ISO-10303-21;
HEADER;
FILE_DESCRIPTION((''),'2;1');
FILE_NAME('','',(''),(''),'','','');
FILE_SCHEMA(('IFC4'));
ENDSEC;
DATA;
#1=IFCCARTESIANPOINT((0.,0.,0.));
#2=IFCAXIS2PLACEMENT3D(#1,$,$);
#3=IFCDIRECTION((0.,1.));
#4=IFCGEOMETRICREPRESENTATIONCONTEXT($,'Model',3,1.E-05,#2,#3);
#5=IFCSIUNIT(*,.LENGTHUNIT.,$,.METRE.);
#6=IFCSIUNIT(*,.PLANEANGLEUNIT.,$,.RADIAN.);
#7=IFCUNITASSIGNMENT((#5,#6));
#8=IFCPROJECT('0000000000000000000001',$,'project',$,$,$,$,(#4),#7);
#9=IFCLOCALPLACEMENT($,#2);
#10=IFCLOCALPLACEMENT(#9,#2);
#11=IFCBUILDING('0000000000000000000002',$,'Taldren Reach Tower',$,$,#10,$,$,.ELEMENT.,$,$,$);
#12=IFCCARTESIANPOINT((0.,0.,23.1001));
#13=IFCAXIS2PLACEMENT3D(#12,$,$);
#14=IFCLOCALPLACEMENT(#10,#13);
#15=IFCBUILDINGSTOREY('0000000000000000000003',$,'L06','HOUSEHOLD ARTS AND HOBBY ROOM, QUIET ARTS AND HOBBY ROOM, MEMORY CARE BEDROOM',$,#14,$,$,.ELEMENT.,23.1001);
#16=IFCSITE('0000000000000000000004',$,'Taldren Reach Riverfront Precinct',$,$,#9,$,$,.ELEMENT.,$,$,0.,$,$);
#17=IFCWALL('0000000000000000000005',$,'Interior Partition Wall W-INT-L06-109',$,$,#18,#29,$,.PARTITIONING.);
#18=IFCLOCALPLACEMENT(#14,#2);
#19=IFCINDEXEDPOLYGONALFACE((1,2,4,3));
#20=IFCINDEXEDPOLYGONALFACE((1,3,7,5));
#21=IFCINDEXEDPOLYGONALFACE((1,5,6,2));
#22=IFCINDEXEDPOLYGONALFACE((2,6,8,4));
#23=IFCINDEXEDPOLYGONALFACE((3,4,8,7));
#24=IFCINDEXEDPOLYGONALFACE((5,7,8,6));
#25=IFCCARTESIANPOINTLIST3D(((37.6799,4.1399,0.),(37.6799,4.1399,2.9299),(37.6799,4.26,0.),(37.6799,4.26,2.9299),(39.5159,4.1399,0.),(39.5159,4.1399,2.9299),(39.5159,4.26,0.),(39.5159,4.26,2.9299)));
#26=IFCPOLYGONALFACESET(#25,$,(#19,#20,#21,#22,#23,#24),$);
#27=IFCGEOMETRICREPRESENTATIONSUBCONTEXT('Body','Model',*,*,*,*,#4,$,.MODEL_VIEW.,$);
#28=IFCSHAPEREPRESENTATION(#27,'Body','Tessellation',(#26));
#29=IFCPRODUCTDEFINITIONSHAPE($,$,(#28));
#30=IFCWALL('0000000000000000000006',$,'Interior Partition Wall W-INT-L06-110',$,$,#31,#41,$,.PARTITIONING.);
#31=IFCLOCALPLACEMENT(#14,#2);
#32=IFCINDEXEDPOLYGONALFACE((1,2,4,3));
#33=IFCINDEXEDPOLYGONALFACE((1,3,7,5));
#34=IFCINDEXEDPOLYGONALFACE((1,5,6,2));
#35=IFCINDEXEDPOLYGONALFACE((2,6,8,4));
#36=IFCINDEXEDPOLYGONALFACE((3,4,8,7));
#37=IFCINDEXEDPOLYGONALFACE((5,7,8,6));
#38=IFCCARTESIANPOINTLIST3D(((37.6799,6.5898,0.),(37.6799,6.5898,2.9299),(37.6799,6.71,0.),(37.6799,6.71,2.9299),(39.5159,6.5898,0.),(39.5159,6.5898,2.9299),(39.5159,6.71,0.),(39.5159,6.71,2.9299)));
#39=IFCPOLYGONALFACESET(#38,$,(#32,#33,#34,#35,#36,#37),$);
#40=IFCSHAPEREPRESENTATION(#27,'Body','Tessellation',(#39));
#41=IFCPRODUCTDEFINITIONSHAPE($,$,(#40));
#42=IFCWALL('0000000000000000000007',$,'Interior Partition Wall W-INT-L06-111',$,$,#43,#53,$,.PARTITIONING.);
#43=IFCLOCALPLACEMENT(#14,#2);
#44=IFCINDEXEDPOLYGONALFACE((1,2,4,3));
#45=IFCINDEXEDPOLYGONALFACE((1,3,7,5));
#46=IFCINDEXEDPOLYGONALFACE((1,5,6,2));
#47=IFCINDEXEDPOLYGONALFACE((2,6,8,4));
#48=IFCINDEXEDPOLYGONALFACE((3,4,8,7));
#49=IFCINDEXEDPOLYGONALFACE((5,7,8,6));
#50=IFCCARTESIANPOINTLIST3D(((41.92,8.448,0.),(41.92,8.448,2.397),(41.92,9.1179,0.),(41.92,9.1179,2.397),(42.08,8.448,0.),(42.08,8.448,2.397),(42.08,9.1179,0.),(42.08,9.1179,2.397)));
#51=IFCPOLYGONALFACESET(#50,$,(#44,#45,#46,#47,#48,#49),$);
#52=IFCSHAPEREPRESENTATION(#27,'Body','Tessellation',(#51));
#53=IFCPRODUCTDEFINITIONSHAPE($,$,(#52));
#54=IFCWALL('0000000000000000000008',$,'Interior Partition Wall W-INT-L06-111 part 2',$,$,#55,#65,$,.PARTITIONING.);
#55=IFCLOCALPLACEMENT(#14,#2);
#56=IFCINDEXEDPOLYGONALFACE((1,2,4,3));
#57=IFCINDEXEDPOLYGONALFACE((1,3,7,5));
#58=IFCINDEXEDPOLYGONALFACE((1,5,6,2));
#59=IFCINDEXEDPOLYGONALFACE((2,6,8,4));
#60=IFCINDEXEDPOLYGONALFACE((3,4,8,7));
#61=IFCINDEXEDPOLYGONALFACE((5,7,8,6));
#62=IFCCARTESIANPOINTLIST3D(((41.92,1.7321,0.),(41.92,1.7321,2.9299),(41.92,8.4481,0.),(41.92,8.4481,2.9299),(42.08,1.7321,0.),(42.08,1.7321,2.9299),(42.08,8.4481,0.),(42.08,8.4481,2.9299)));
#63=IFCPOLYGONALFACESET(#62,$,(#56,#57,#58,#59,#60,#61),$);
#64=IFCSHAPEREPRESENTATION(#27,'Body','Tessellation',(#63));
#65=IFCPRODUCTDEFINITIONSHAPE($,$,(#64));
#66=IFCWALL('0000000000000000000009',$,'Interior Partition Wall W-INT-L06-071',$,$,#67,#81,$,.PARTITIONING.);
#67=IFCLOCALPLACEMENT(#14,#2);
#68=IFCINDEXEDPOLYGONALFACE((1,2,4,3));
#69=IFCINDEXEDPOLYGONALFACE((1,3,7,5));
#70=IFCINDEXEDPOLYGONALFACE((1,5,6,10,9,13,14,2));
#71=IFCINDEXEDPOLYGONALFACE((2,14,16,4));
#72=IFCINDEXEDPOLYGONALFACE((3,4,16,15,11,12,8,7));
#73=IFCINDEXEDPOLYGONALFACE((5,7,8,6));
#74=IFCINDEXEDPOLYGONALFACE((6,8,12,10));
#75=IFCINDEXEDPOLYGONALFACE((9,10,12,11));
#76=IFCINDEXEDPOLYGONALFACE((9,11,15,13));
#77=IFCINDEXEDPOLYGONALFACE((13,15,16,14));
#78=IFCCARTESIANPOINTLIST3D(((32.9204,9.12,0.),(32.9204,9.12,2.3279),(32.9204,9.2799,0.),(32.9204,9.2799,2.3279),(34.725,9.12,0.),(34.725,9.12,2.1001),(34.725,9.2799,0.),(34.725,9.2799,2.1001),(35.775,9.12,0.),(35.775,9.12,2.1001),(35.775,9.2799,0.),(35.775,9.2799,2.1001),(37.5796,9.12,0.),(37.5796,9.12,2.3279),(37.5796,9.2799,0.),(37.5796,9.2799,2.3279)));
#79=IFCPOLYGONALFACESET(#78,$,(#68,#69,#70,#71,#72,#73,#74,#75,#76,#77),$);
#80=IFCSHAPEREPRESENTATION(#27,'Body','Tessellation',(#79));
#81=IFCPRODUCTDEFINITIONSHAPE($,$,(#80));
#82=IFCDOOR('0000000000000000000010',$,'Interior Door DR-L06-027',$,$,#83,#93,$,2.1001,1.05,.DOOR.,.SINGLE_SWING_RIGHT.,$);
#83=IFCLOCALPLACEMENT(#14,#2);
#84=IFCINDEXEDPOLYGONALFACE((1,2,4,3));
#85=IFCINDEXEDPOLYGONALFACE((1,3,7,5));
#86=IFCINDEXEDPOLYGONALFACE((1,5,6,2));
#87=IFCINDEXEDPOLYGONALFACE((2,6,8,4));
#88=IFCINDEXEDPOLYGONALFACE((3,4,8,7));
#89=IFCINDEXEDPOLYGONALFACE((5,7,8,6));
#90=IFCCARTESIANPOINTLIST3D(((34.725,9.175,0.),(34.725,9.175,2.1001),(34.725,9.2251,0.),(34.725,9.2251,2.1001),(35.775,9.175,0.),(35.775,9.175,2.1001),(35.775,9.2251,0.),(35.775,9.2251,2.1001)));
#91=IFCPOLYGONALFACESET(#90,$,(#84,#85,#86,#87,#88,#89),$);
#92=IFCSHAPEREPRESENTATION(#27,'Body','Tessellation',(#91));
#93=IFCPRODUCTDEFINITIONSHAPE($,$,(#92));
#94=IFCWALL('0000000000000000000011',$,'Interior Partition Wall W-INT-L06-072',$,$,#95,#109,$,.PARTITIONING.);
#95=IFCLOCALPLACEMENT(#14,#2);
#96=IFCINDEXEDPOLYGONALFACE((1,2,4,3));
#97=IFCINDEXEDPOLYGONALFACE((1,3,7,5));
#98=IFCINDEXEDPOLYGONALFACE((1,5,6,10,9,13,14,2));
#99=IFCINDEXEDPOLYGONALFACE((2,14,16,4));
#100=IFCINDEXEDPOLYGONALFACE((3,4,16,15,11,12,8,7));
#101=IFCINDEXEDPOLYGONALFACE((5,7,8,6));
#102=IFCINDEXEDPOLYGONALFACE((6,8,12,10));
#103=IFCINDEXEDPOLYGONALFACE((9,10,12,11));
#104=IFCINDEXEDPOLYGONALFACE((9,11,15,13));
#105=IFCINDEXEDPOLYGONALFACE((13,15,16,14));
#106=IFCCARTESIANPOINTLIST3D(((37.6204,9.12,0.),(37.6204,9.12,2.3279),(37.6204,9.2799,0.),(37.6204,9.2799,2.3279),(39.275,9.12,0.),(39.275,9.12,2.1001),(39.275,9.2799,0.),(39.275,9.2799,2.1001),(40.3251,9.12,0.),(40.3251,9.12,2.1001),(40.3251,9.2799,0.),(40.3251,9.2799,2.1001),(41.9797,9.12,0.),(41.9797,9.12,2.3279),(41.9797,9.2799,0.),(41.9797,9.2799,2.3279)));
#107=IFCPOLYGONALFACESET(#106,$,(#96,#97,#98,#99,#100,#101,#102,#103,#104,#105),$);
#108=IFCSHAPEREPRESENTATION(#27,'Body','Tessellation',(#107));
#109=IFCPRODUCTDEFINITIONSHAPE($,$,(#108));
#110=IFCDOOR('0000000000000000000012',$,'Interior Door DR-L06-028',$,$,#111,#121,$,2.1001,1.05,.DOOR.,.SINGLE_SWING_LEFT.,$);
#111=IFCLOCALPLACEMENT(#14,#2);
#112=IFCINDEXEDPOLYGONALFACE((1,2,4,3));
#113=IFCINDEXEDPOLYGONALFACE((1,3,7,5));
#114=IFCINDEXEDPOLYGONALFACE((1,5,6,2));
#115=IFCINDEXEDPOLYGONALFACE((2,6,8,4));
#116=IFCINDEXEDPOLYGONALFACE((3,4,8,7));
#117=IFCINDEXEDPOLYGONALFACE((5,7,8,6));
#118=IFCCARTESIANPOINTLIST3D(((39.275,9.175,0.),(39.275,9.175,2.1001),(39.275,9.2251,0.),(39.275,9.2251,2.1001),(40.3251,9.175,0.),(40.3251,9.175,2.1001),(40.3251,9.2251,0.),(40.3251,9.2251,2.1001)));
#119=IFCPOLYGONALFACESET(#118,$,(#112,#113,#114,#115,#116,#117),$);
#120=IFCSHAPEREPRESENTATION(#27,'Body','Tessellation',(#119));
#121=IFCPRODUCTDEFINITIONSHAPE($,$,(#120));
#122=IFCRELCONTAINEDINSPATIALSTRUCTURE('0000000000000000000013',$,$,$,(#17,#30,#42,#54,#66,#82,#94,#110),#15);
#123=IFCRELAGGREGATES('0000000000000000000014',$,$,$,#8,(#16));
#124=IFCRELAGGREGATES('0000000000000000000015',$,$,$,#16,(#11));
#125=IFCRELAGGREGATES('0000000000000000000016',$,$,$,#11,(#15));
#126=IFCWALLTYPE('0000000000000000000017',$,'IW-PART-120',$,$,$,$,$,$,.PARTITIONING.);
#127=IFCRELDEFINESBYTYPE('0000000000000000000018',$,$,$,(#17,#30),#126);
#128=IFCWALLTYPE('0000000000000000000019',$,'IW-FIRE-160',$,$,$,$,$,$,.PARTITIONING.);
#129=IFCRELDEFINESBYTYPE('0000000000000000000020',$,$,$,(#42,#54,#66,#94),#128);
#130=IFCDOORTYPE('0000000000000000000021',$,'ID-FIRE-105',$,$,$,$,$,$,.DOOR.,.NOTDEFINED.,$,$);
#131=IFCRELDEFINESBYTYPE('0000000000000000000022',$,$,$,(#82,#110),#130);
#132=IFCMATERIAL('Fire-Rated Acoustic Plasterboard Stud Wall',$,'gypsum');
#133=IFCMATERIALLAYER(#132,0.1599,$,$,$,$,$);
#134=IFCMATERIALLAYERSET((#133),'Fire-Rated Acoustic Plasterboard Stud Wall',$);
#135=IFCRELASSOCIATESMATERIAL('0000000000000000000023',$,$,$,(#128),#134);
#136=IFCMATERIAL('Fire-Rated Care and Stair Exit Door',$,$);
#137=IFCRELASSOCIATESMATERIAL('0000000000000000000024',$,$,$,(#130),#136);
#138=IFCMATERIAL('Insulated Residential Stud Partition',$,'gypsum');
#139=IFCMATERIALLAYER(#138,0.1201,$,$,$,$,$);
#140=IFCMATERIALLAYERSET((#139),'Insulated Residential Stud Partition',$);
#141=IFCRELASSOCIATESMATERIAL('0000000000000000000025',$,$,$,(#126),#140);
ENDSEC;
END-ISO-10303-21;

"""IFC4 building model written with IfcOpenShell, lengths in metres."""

from ifc_helpers import new_model, si_unit, direction, frame, frame_2d, origin, place, context, subcontext, project, spatial, rectangle, extrude, source, transform, mapped, material, layer, layer_set, type_object, element, fill, save


model = new_model("IFC4")

# Units and contexts
model_context = context("Model", 3, precision=1e-05, world=origin(), true_north=direction((0.0, 1.0)))
body_context = subcontext(model_context, "Body", "Model", "MODEL_VIEW")
ifc_project = project(units=[si_unit("LENGTHUNIT", "METRE"), si_unit("PLANEANGLEUNIT", "RADIAN")], contexts=[model_context])

# Site, building, storey
site_placement = place(None, origin())
site = spatial("IfcSite", under=ifc_project, at=site_placement, Name="Taldren Reach Riverfront Precinct", CompositionType="ELEMENT", RefElevation=0.0)
building_placement = place(site_placement, origin())
building = spatial("IfcBuilding", under=site, at=building_placement, Name="Taldren Reach Tower", CompositionType="ELEMENT")
storey_placement = place(building_placement, frame((0.0, 0.0, 23.1001)))
storey = spatial("IfcBuildingStorey", under=building, at=storey_placement, Name="L06", Description="HOUSEHOLD ARTS AND HOBBY ROOM, QUIET ARTS AND HOBBY ROOM, MEMORY CARE BEDROOM", CompositionType="ELEMENT", Elevation=23.1001)

# Shared definitions
ifc_material_1 = material(Name="Fire-Rated Acoustic Plasterboard Stud Wall", Category="gypsum")
ifc_layer_1 = layer(ifc_material_1, 0.1599)
ifc_layer_set_1 = layer_set([ifc_layer_1], Name="Fire-Rated Acoustic Plasterboard Stud Wall")
wall_type_1 = type_object("IfcWallType", Name="IW-FIRE-160", PredefinedType="PARTITIONING", material=ifc_layer_set_1)
shared_shape_1 = source(origin(), body_context, "Body", "SweptSolid", [
    extrude(rectangle(XDim=1.05, YDim=2.1001, at=frame_2d((0.5249, 1.05))), frame((0.0, 0.0898, 0.0), z_axis=(0.0, -1.0, 0.0), x_axis=(1.0, 0.0, 0.0)), (0.0, 0.0, 1.0), 0.1799),
])
ifc_material_2 = material(Name="Fire-Rated Care and Stair Exit Door")
door_type_1 = type_object("IfcDoorType", Name="ID-FIRE-105", OperationType="NOTDEFINED", PredefinedType="DOOR", material=ifc_material_2)
shared_shape_2 = source(origin(), body_context, "Body", "SweptSolid", [
    extrude(rectangle(XDim=1.05, YDim=2.1001, at=frame_2d((0.5249, 1.05))), frame((0.0, 0.0249, 0.0), z_axis=(0.0, -1.0, 0.0), x_axis=(1.0, 0.0, 0.0)), (0.0, 0.0, 1.0), 0.05),
])

# Shared definitions
ifc_material_3 = material(Name="Insulated Residential Stud Partition", Category="gypsum")
ifc_layer_2 = layer(ifc_material_3, 0.1201)
ifc_layer_set_2 = layer_set([ifc_layer_2], Name="Insulated Residential Stud Partition")
wall_type_2 = type_object("IfcWallType", Name="IW-PART-120", PredefinedType="PARTITIONING", material=ifc_layer_set_2)

# Walls
shared_shape_3 = source(origin(), body_context, "Body", "SweptSolid", [
    extrude(rectangle(XDim=1.8359, YDim=0.1201, at=frame_2d((0.918, 0.0))), origin(), (0.0, 0.0, 1.0), 2.9299),
])
for number, where, z_axis, x_axis, name in (
    (1, (37.6799, 4.2, 0.0), (0.0, 0.0, 1.0), (1.0, 0.0, 0.0), "Interior Partition Wall W-INT-L06-109"),
    (2, (39.5159, 6.6499, 0.0), (0.0, 0.0, 1.0), (-1.0, 0.0, 0.0), "Interior Partition Wall W-INT-L06-110"),
):
    element("IfcWall", number, at=place(storey_placement, frame(where, z_axis=z_axis, x_axis=x_axis)), inside=storey, type_object=wall_type_2, Name=name, PredefinedType="PARTITIONING", context=body_context, shape_type="MappedRepresentation", body=[
        mapped(shared_shape_3, transform((0.0, 0.0, 0.0), scale=1.0)),
    ])
shared_shape_4 = source(origin(), body_context, "Body", "SweptSolid", [
    extrude(rectangle(XDim=0.6699, YDim=0.1599, at=frame_2d((0.335, 0.0))), origin(), (0.0, 0.0, 1.0), 2.397),
])
wall_1_placement = place(storey_placement, frame((42.0, 9.1179, 0.0), z_axis=(0.0, 0.0, 1.0), x_axis=(0.0, -1.0, 0.0)))
element("IfcWall", 3, at=wall_1_placement, inside=storey, type_object=wall_type_1, Name="Interior Partition Wall W-INT-L06-111", PredefinedType="PARTITIONING", context=body_context, shape_type="MappedRepresentation", body=[
    mapped(shared_shape_4, transform((0.0, 0.0, 0.0), scale=1.0)),
])
shared_shape_5 = source(origin(), body_context, "Body", "SweptSolid", [
    extrude(rectangle(XDim=6.7161, YDim=0.1599, at=frame_2d((3.3579, 0.0))), origin(), (0.0, 0.0, 1.0), 2.9299),
])
wall_2_placement = place(storey_placement, frame((42.0, 8.448, 0.0), z_axis=(0.0, 0.0, 1.0), x_axis=(0.0, -1.0, 0.0)))
element("IfcWall", 4, at=wall_2_placement, inside=storey, type_object=wall_type_1, Name="Interior Partition Wall W-INT-L06-111 part 2", PredefinedType="PARTITIONING", context=body_context, shape_type="MappedRepresentation", body=[
    mapped(shared_shape_5, transform((0.0, 0.0, 0.0), scale=1.0)),
])

# Walls, openings, doors
shared_shape_6 = source(origin(), body_context, "Body", "SweptSolid", [
    extrude(rectangle(XDim=4.6592, YDim=0.1599, at=frame_2d((2.3296, 0.0))), origin(), (0.0, 0.0, 1.0), 2.3279),
])
wall_3_placement = place(storey_placement, frame((37.5796, 9.2, 0.0), z_axis=(0.0, 0.0, 1.0), x_axis=(-1.0, 0.0, 0.0)))
wall_3 = element("IfcWall", 5, at=wall_3_placement, inside=storey, type_object=wall_type_1, Name="Interior Partition Wall W-INT-L06-071", PredefinedType="PARTITIONING", context=body_context, shape_type="MappedRepresentation", body=[
    mapped(shared_shape_6, transform((0.0, 0.0, 0.0), scale=1.0)),
])
opening_1_placement = place(wall_3_placement, frame((1.8047, 0.0, 0.0)))
opening_1 = element("IfcOpeningElement", 6, at=opening_1_placement, cuts=wall_3, PredefinedType="OPENING", context=body_context, shape_type="MappedRepresentation", body=[
    mapped(shared_shape_1, transform((0.0, 0.0, 0.0), scale=1.0)),
])
door_1_placement = place(opening_1_placement, origin())
door_1 = element("IfcDoor", 7, at=door_1_placement, inside=storey, type_object=door_type_1, Name="Interior Door DR-L06-027", OperationType="SINGLE_SWING_RIGHT", OverallHeight=2.1001, OverallWidth=1.05, PredefinedType="DOOR", context=body_context, shape_type="MappedRepresentation", body=[
    mapped(shared_shape_2, transform((0.0, 0.0, 0.0), scale=1.0)),
])
fill(opening_1, door_1)
shared_shape_7 = source(origin(), body_context, "Body", "SweptSolid", [
    extrude(rectangle(XDim=4.3594, YDim=0.1599, at=frame_2d((2.1797, 0.0))), origin(), (0.0, 0.0, 1.0), 2.3279),
])
wall_4_placement = place(storey_placement, frame((41.9797, 9.2, 0.0), z_axis=(0.0, 0.0, 1.0), x_axis=(-1.0, 0.0, 0.0)))
wall_4 = element("IfcWall", 8, at=wall_4_placement, inside=storey, type_object=wall_type_1, Name="Interior Partition Wall W-INT-L06-072", PredefinedType="PARTITIONING", context=body_context, shape_type="MappedRepresentation", body=[
    mapped(shared_shape_7, transform((0.0, 0.0, 0.0), scale=1.0)),
])
opening_2_placement = place(wall_4_placement, frame((1.6548, 0.0, 0.0)))
opening_2 = element("IfcOpeningElement", 9, at=opening_2_placement, cuts=wall_4, PredefinedType="OPENING", context=body_context, shape_type="MappedRepresentation", body=[
    mapped(shared_shape_1, transform((0.0, 0.0, 0.0), scale=1.0)),
])
door_2_placement = place(opening_2_placement, origin())
door_2 = element("IfcDoor", 10, at=door_2_placement, inside=storey, type_object=door_type_1, Name="Interior Door DR-L06-028", OperationType="SINGLE_SWING_LEFT", OverallHeight=2.1001, OverallWidth=1.05, PredefinedType="DOOR", context=body_context, shape_type="MappedRepresentation", body=[
    mapped(shared_shape_2, transform((0.0, 0.0, 0.0), scale=1.0)),
])
fill(opening_2, door_2)

save(model, "model.ifc")
